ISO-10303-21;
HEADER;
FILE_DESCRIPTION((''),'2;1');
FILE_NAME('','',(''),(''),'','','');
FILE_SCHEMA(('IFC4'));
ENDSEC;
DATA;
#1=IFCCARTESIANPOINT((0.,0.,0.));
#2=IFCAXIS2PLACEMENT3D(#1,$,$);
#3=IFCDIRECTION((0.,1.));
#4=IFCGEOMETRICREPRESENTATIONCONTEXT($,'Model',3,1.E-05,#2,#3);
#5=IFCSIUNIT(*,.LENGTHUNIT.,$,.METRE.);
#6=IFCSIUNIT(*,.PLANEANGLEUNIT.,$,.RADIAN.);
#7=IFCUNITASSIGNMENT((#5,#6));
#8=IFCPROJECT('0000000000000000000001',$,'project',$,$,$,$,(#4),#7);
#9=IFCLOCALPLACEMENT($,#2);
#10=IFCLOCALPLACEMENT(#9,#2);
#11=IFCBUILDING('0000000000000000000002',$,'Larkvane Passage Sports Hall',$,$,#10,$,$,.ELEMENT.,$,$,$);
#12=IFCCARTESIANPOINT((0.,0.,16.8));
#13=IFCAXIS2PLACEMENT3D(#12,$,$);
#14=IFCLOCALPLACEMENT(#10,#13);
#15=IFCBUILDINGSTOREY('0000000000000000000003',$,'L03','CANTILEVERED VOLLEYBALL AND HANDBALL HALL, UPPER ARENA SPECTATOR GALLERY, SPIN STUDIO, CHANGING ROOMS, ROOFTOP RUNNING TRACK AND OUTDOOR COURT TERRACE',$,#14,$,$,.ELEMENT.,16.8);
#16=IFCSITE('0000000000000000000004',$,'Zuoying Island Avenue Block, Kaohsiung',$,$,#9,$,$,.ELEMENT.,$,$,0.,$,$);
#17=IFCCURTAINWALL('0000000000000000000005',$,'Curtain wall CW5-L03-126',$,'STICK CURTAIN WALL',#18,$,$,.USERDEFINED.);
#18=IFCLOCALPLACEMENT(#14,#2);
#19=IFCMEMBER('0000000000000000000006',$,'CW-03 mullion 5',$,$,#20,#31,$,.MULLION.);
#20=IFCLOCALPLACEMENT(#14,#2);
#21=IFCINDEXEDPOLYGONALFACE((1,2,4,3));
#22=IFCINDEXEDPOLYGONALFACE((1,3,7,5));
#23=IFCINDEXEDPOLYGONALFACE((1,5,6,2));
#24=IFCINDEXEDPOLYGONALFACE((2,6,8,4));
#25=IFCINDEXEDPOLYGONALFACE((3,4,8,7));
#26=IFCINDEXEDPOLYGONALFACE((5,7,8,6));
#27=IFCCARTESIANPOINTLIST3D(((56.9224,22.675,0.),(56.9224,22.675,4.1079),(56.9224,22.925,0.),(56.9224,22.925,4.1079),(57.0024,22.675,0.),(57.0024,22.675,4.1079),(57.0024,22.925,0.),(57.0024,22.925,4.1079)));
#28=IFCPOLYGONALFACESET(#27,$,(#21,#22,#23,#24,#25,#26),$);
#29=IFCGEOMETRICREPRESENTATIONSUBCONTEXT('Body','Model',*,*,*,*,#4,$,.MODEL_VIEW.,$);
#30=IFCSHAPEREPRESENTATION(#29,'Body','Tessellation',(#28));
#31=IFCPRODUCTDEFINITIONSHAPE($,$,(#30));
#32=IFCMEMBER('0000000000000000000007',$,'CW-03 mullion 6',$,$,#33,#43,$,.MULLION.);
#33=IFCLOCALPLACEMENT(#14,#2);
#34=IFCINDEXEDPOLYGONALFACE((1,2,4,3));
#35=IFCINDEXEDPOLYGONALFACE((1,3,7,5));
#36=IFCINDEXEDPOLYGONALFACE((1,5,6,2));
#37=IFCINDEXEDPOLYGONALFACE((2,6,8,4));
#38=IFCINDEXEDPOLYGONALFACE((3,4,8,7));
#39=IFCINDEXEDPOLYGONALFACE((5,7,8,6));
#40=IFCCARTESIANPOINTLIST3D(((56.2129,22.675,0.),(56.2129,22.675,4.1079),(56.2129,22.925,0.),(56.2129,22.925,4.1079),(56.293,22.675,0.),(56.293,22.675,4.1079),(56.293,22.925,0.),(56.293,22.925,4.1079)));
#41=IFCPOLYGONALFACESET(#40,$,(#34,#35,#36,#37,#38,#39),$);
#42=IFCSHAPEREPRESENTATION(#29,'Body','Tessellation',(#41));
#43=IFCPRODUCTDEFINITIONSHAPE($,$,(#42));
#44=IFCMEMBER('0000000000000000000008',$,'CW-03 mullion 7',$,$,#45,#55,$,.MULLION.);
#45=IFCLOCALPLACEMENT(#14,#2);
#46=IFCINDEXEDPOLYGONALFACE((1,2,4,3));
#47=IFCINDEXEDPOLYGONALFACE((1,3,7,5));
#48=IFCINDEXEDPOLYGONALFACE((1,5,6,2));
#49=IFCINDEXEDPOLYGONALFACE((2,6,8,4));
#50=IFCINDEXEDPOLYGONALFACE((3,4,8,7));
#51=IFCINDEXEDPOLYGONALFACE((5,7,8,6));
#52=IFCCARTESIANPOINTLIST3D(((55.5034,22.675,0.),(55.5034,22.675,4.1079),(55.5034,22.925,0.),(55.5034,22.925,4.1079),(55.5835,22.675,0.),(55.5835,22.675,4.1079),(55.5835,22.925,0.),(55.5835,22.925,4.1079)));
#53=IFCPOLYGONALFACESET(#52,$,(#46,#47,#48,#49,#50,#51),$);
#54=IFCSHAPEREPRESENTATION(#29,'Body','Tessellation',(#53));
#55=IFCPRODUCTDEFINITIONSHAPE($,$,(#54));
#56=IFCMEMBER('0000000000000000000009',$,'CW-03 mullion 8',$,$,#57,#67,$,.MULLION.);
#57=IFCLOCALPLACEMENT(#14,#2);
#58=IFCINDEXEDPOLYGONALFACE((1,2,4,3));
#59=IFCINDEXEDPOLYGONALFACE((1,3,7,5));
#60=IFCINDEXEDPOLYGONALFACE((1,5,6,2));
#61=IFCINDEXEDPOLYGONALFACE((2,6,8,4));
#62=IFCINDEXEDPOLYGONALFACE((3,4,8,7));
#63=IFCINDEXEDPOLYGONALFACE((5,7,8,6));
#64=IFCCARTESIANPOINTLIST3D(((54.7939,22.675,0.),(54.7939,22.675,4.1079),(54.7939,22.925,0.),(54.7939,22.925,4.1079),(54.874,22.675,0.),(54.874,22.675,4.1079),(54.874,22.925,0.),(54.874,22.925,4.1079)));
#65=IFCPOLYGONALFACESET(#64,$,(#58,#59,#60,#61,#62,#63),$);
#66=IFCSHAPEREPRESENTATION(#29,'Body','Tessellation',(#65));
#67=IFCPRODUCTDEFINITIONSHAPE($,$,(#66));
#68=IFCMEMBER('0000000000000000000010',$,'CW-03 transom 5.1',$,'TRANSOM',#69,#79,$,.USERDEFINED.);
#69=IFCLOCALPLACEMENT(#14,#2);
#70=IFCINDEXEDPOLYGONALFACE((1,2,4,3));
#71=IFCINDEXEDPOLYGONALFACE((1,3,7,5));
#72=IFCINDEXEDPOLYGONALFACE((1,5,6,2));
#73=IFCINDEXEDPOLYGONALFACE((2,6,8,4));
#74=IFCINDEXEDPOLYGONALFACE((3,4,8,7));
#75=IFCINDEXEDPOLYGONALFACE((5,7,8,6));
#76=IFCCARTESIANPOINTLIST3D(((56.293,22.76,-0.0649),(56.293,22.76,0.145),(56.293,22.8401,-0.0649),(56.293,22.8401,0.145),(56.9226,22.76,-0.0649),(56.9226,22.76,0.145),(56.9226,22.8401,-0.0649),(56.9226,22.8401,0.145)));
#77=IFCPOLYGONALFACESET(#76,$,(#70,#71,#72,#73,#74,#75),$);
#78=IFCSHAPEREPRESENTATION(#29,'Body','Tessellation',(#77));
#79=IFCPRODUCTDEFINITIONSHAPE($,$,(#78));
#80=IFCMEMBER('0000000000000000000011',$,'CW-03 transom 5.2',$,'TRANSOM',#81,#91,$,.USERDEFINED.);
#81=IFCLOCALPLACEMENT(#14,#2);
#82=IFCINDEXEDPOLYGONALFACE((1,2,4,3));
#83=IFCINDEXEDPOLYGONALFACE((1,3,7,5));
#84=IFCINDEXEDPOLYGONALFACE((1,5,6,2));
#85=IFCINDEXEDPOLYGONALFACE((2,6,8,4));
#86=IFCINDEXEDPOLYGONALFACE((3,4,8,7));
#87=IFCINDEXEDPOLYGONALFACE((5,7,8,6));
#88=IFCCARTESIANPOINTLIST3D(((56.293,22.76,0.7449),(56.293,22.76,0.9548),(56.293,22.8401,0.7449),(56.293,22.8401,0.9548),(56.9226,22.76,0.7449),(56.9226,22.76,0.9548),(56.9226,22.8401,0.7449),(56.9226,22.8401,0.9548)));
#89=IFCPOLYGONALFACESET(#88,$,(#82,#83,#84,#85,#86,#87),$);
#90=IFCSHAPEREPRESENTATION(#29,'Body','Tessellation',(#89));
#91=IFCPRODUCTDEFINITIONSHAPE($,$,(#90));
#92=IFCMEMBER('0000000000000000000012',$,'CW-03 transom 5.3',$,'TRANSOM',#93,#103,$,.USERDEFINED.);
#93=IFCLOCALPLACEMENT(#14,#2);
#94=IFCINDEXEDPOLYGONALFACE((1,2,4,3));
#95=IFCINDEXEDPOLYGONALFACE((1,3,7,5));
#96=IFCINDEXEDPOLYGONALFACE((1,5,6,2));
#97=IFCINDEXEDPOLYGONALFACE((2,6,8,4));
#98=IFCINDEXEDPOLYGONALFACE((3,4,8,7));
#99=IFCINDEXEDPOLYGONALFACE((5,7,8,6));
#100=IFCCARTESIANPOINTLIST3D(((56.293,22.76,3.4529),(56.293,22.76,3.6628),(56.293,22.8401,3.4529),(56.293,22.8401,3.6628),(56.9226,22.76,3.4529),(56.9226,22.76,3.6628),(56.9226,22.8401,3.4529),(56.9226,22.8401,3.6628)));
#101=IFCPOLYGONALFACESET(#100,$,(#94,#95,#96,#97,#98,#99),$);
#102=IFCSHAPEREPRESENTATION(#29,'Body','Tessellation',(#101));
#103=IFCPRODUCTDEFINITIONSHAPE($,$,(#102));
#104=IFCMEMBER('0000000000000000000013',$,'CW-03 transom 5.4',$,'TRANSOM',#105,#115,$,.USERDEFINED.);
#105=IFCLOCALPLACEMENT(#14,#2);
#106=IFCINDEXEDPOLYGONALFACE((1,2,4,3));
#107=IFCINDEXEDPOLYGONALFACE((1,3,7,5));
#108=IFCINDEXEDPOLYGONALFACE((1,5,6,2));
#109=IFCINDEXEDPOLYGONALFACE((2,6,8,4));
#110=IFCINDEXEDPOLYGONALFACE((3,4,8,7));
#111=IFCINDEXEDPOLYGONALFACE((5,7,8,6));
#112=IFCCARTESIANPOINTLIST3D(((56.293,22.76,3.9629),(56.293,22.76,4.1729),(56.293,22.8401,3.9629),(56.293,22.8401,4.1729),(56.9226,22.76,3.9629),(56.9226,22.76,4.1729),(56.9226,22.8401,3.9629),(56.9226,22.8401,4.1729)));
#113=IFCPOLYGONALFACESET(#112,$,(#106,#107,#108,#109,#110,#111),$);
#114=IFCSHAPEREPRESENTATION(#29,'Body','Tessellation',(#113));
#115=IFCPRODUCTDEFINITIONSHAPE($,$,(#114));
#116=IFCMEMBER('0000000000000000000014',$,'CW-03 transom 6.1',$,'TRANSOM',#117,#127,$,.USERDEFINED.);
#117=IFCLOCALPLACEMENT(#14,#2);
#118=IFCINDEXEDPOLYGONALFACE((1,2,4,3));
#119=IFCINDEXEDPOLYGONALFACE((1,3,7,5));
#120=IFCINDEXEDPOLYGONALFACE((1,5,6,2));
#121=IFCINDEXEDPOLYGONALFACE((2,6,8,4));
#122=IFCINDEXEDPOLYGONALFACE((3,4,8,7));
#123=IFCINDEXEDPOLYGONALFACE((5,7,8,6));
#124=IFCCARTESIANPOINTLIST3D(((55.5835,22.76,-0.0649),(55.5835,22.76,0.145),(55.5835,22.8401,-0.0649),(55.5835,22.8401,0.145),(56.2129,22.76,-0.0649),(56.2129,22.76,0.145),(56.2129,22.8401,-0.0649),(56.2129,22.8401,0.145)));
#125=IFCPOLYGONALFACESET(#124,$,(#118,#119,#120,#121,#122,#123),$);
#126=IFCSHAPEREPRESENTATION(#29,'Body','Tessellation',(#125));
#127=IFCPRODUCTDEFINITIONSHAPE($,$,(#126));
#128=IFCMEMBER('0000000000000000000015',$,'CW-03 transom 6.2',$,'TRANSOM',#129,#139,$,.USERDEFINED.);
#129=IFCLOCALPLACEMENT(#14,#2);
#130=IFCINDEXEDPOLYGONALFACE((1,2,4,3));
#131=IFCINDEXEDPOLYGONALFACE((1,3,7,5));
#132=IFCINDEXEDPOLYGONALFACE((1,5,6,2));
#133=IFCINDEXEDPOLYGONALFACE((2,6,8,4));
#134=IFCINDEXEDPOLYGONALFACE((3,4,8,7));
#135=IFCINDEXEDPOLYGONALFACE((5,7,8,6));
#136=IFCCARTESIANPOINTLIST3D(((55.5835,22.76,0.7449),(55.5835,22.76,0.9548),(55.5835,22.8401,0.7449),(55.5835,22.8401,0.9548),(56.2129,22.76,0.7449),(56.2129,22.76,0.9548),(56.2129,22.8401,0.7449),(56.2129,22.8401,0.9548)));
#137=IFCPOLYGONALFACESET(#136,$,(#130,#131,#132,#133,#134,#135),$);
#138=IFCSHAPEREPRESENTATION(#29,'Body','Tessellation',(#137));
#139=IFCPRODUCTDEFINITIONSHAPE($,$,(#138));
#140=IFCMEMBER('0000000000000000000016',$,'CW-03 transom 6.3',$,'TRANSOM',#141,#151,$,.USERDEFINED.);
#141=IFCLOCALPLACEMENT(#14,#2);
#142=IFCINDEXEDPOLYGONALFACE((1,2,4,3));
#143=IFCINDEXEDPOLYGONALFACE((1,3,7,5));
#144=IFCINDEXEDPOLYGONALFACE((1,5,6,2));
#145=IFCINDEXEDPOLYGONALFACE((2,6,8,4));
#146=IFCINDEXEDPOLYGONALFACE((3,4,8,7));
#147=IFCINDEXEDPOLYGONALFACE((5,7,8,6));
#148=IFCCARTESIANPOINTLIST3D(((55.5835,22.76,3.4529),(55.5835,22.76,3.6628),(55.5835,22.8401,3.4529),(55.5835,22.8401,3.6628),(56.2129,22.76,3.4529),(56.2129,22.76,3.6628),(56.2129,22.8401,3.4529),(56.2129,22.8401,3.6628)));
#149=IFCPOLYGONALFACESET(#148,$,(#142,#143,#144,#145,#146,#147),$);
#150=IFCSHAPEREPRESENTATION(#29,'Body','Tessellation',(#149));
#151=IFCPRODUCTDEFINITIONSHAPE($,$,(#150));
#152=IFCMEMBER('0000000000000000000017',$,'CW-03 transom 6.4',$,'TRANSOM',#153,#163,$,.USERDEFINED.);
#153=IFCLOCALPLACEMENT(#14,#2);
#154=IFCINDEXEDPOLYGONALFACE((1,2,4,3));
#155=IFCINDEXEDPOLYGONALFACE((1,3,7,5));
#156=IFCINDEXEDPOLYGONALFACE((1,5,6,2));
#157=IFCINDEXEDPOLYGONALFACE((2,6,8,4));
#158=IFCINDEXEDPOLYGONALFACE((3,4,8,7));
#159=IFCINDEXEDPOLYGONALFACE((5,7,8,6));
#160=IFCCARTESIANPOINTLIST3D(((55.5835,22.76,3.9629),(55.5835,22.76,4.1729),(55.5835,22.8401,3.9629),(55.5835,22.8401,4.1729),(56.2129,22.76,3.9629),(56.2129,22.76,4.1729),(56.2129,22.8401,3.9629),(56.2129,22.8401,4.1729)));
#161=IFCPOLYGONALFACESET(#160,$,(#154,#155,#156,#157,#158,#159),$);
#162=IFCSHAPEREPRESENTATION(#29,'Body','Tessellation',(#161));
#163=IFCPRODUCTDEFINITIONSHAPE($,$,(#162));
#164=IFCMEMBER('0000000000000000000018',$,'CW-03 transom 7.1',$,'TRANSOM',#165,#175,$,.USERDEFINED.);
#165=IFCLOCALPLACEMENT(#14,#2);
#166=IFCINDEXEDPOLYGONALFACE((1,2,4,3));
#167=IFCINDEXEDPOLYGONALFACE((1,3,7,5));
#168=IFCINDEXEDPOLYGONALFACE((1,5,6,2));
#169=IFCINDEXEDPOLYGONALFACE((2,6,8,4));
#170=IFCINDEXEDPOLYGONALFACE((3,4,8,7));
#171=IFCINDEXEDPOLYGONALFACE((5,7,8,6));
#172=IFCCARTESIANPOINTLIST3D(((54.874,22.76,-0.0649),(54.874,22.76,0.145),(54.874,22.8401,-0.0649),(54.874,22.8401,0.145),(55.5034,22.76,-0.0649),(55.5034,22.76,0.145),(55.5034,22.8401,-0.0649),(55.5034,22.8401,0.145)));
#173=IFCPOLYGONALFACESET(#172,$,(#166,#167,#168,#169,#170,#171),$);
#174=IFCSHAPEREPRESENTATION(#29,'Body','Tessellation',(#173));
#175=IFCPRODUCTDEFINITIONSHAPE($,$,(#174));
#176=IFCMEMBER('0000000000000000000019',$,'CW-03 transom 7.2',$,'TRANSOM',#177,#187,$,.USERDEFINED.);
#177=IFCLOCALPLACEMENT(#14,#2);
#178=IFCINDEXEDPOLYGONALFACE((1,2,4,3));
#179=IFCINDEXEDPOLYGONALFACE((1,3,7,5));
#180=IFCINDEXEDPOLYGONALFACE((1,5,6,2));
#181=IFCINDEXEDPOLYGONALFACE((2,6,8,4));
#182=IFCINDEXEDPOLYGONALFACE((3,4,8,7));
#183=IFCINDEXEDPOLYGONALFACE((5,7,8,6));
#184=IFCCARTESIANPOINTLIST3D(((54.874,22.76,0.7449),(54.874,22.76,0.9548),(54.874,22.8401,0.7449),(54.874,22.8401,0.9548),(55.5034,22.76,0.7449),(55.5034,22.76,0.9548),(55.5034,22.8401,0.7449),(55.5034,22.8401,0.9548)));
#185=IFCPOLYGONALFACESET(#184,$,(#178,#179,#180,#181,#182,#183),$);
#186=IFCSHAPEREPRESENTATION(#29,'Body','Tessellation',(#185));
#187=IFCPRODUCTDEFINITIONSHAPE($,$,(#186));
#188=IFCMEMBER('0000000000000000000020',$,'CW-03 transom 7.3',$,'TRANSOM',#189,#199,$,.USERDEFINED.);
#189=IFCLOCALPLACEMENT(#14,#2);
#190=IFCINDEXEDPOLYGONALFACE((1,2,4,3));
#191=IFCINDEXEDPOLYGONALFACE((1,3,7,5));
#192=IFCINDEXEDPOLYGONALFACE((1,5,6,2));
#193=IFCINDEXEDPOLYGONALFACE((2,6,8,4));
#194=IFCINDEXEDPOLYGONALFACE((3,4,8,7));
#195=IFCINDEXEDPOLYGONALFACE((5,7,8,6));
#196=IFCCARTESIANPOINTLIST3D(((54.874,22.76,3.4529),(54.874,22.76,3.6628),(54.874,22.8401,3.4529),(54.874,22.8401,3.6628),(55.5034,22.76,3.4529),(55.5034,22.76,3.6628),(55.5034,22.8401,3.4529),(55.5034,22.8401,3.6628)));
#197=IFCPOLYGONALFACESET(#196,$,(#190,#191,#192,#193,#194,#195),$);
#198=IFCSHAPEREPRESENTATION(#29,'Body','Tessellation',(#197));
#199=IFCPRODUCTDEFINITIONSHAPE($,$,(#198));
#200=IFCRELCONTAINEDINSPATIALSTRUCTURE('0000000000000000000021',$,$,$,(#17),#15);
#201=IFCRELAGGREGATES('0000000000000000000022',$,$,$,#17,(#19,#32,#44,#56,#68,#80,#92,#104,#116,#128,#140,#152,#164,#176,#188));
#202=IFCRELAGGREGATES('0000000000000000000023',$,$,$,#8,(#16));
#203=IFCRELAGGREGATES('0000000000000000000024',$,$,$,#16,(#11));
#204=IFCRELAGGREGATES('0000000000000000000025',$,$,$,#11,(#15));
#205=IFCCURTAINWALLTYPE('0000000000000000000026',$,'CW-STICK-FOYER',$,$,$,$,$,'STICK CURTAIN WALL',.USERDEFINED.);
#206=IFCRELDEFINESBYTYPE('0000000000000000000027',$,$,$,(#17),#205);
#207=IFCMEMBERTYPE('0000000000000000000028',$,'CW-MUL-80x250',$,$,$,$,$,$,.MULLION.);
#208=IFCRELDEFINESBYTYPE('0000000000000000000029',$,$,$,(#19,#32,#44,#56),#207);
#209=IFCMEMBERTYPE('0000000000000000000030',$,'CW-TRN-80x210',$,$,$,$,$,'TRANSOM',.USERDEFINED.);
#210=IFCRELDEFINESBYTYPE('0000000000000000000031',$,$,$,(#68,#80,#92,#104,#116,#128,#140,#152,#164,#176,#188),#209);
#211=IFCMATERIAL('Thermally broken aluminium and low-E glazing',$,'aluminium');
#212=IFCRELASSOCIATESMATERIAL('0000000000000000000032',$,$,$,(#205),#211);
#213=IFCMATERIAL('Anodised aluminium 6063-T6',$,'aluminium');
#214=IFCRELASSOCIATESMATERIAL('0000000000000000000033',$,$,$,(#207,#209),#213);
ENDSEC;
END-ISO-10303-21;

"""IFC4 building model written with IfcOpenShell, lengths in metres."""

from ifc_helpers import new_model, si_unit, direction, frame, origin, origin_2d, place, context, subcontext, project, spatial, rectangle, extrude, material, material_profile, profile_set, type_object, element, aggregate, save


model = new_model("IFC4")

# Units and contexts
model_context = context("Model", 3, precision=1e-05, world=origin(), true_north=direction((0.0, 1.0)))
body_context = subcontext(model_context, "Body", "Model", "MODEL_VIEW")
ifc_project = project(units=[si_unit("LENGTHUNIT", "METRE"), si_unit("PLANEANGLEUNIT", "RADIAN")], contexts=[model_context])

# Site, building, storey
site_placement = place(None, origin())
site = spatial("IfcSite", under=ifc_project, at=site_placement, Name="Zuoying Island Avenue Block, Kaohsiung", CompositionType="ELEMENT", RefElevation=0.0)
building_placement = place(site_placement, origin())
building = spatial("IfcBuilding", under=site, at=building_placement, Name="Larkvane Passage Sports Hall", CompositionType="ELEMENT")
storey_placement = place(building_placement, frame((0.0, 0.0, 16.8)))
storey = spatial("IfcBuildingStorey", under=building, at=storey_placement, Name="L03", Description="CANTILEVERED VOLLEYBALL AND HANDBALL HALL, UPPER ARENA SPECTATOR GALLERY, SPIN STUDIO, CHANGING ROOMS, ROOFTOP RUNNING TRACK AND OUTDOOR COURT TERRACE", CompositionType="ELEMENT", Elevation=16.8)

# Curtain wall, members
ifc_material_1 = material(Name="Thermally broken aluminium and low-E glazing", Category="aluminium")
curtain_wall_type = type_object("IfcCurtainWallType", Name="CW-STICK-FOYER", ElementType="STICK CURTAIN WALL", PredefinedType="USERDEFINED", material=ifc_material_1)
curtain_wall_placement = place(storey_placement, origin())
curtain_wall = element("IfcCurtainWall", 1, at=curtain_wall_placement, inside=storey, type_object=curtain_wall_type, Name="Curtain wall CW5-L03-126", ObjectType="STICK CURTAIN WALL", PredefinedType="USERDEFINED")
ifc_material_2 = material(Name="Anodised aluminium 6063-T6", Category="aluminium")
ifc_material_profile_1 = material_profile(ifc_material_2, rectangle(XDim=0.0801, YDim=0.25, at=origin_2d()), Name="ALU-MUL-80x250")
ifc_profile_set_1 = profile_set([ifc_material_profile_1], Name="Anodised aluminium 6063-T6")
member_type_1 = type_object("IfcMemberType", Name="CW-MUL-80x250", PredefinedType="MULLION", material=ifc_profile_set_1)
member_1_placement = place(storey_placement, frame((56.9624, 22.8, 0.0), z_axis=(0.0, 0.0, 1.0), x_axis=(-1.0, 0.0, 0.0)))
member_1 = element("IfcMember", 2, at=member_1_placement, type_object=member_type_1, Name="CW-03 mullion 5", PredefinedType="MULLION", context=body_context, shape_type="SweptSolid", body=[
    extrude(rectangle(XDim=0.0801, YDim=0.25, at=origin_2d()), origin(), (0.0, 0.0, 1.0), 4.1079),
])
member_2_placement = place(storey_placement, frame((56.2529, 22.8, 0.0), z_axis=(0.0, 0.0, 1.0), x_axis=(-1.0, 0.0, 0.0)))
member_2 = element("IfcMember", 3, at=member_2_placement, type_object=member_type_1, Name="CW-03 mullion 6", PredefinedType="MULLION", context=body_context, shape_type="SweptSolid", body=[
    extrude(rectangle(XDim=0.0801, YDim=0.25, at=origin_2d()), origin(), (0.0, 0.0, 1.0), 4.1079),
])
member_3_placement = place(storey_placement, frame((55.5435, 22.8, 0.0), z_axis=(0.0, 0.0, 1.0), x_axis=(-1.0, 0.0, 0.0)))
member_3 = element("IfcMember", 4, at=member_3_placement, type_object=member_type_1, Name="CW-03 mullion 7", PredefinedType="MULLION", context=body_context, shape_type="SweptSolid", body=[
    extrude(rectangle(XDim=0.0801, YDim=0.25, at=origin_2d()), origin(), (0.0, 0.0, 1.0), 4.1079),
])
member_4_placement = place(storey_placement, frame((54.834, 22.8, 0.0), z_axis=(0.0, 0.0, 1.0), x_axis=(-1.0, 0.0, 0.0)))
member_4 = element("IfcMember", 5, at=member_4_placement, type_object=member_type_1, Name="CW-03 mullion 8", PredefinedType="MULLION", context=body_context, shape_type="SweptSolid", body=[
    extrude(rectangle(XDim=0.0801, YDim=0.25, at=origin_2d()), origin(), (0.0, 0.0, 1.0), 4.1079),
])
ifc_material_profile_2 = material_profile(ifc_material_2, rectangle(XDim=0.0801, YDim=0.21, at=origin_2d()), Name="ALU-TRN-80x210")
ifc_profile_set_2 = profile_set([ifc_material_profile_2], Name="Anodised aluminium 6063-T6")
member_type_2 = type_object("IfcMemberType", Name="CW-TRN-80x210", ElementType="TRANSOM", PredefinedType="USERDEFINED", material=ifc_profile_set_2)
member_5_placement = place(storey_placement, frame((56.9226, 22.8, 0.04), z_axis=(-1.0, 0.0, 0.0), x_axis=(0.0, -1.0, 0.0)))
member_5 = element("IfcMember", 6, at=member_5_placement, type_object=member_type_2, Name="CW-03 transom 5.1", ObjectType="TRANSOM", PredefinedType="USERDEFINED", context=body_context, shape_type="SweptSolid", body=[
    extrude(rectangle(XDim=0.0801, YDim=0.21, at=origin_2d()), origin(), (0.0, 0.0, 1.0), 0.6296),
])
member_6_placement = place(storey_placement, frame((56.9226, 22.8, 0.8499), z_axis=(-1.0, 0.0, 0.0), x_axis=(0.0, -1.0, 0.0)))
member_6 = element("IfcMember", 7, at=member_6_placement, type_object=member_type_2, Name="CW-03 transom 5.2", ObjectType="TRANSOM", PredefinedType="USERDEFINED", context=body_context, shape_type="SweptSolid", body=[
    extrude(rectangle(XDim=0.0801, YDim=0.21, at=origin_2d()), origin(), (0.0, 0.0, 1.0), 0.6296),
])
member_7_placement = place(storey_placement, frame((56.9226, 22.8, 3.5579), z_axis=(-1.0, 0.0, 0.0), x_axis=(0.0, -1.0, 0.0)))
member_7 = element("IfcMember", 8, at=member_7_placement, type_object=member_type_2, Name="CW-03 transom 5.3", ObjectType="TRANSOM", PredefinedType="USERDEFINED", context=body_context, shape_type="SweptSolid", body=[
    extrude(rectangle(XDim=0.0801, YDim=0.21, at=origin_2d()), origin(), (0.0, 0.0, 1.0), 0.6296),
])
member_8_placement = place(storey_placement, frame((56.9226, 22.8, 4.0679), z_axis=(-1.0, 0.0, 0.0), x_axis=(0.0, -1.0, 0.0)))
member_8 = element("IfcMember", 9, at=member_8_placement, type_object=member_type_2, Name="CW-03 transom 5.4", ObjectType="TRANSOM", PredefinedType="USERDEFINED", context=body_context, shape_type="SweptSolid", body=[
    extrude(rectangle(XDim=0.0801, YDim=0.21, at=origin_2d()), origin(), (0.0, 0.0, 1.0), 0.6296),
])
member_9_placement = place(storey_placement, frame((56.2129, 22.8, 0.04), z_axis=(-1.0, 0.0, 0.0), x_axis=(0.0, -1.0, 0.0)))
member_9 = element("IfcMember", 10, at=member_9_placement, type_object=member_type_2, Name="CW-03 transom 6.1", ObjectType="TRANSOM", PredefinedType="USERDEFINED", context=body_context, shape_type="SweptSolid", body=[
    extrude(rectangle(XDim=0.0801, YDim=0.21, at=origin_2d()), origin(), (0.0, 0.0, 1.0), 0.6294),
])
member_10_placement = place(storey_placement, frame((56.2129, 22.8, 0.8499), z_axis=(-1.0, 0.0, 0.0), x_axis=(0.0, -1.0, 0.0)))
member_10 = element("IfcMember", 11, at=member_10_placement, type_object=member_type_2, Name="CW-03 transom 6.2", ObjectType="TRANSOM", PredefinedType="USERDEFINED", context=body_context, shape_type="SweptSolid", body=[
    extrude(rectangle(XDim=0.0801, YDim=0.21, at=origin_2d()), origin(), (0.0, 0.0, 1.0), 0.6294),
])
member_11_placement = place(storey_placement, frame((56.2129, 22.8, 3.5579), z_axis=(-1.0, 0.0, 0.0), x_axis=(0.0, -1.0, 0.0)))
member_11 = element("IfcMember", 12, at=member_11_placement, type_object=member_type_2, Name="CW-03 transom 6.3", ObjectType="TRANSOM", PredefinedType="USERDEFINED", context=body_context, shape_type="SweptSolid", body=[
    extrude(rectangle(XDim=0.0801, YDim=0.21, at=origin_2d()), origin(), (0.0, 0.0, 1.0), 0.6294),
])
member_12_placement = place(storey_placement, frame((56.2129, 22.8, 4.0679), z_axis=(-1.0, 0.0, 0.0), x_axis=(0.0, -1.0, 0.0)))
member_12 = element("IfcMember", 13, at=member_12_placement, type_object=member_type_2, Name="CW-03 transom 6.4", ObjectType="TRANSOM", PredefinedType="USERDEFINED", context=body_context, shape_type="SweptSolid", body=[
    extrude(rectangle(XDim=0.0801, YDim=0.21, at=origin_2d()), origin(), (0.0, 0.0, 1.0), 0.6294),
])
member_13_placement = place(storey_placement, frame((55.5034, 22.8, 0.04), z_axis=(-1.0, 0.0, 0.0), x_axis=(0.0, -1.0, 0.0)))
member_13 = element("IfcMember", 14, at=member_13_placement, type_object=member_type_2, Name="CW-03 transom 7.1", ObjectType="TRANSOM", PredefinedType="USERDEFINED", context=body_context, shape_type="SweptSolid", body=[
    extrude(rectangle(XDim=0.0801, YDim=0.21, at=origin_2d()), origin(), (0.0, 0.0, 1.0), 0.6294),
])
member_14_placement = place(storey_placement, frame((55.5034, 22.8, 0.8499), z_axis=(-1.0, 0.0, 0.0), x_axis=(0.0, -1.0, 0.0)))
member_14 = element("IfcMember", 15, at=member_14_placement, type_object=member_type_2, Name="CW-03 transom 7.2", ObjectType="TRANSOM", PredefinedType="USERDEFINED", context=body_context, shape_type="SweptSolid", body=[
    extrude(rectangle(XDim=0.0801, YDim=0.21, at=origin_2d()), origin(), (0.0, 0.0, 1.0), 0.6294),
])
member_15_placement = place(storey_placement, frame((55.5034, 22.8, 3.5579), z_axis=(-1.0, 0.0, 0.0), x_axis=(0.0, -1.0, 0.0)))
member_15 = element("IfcMember", 16, at=member_15_placement, type_object=member_type_2, Name="CW-03 transom 7.3", ObjectType="TRANSOM", PredefinedType="USERDEFINED", context=body_context, shape_type="SweptSolid", body=[
    extrude(rectangle(XDim=0.0801, YDim=0.21, at=origin_2d()), origin(), (0.0, 0.0, 1.0), 0.6294),
])
aggregate(curtain_wall, [member_1, member_2, member_3, member_4, member_5, member_6, member_7, member_8, member_9, member_10, member_11, member_12, member_13, member_14, member_15])

save(model, "model.ifc")
